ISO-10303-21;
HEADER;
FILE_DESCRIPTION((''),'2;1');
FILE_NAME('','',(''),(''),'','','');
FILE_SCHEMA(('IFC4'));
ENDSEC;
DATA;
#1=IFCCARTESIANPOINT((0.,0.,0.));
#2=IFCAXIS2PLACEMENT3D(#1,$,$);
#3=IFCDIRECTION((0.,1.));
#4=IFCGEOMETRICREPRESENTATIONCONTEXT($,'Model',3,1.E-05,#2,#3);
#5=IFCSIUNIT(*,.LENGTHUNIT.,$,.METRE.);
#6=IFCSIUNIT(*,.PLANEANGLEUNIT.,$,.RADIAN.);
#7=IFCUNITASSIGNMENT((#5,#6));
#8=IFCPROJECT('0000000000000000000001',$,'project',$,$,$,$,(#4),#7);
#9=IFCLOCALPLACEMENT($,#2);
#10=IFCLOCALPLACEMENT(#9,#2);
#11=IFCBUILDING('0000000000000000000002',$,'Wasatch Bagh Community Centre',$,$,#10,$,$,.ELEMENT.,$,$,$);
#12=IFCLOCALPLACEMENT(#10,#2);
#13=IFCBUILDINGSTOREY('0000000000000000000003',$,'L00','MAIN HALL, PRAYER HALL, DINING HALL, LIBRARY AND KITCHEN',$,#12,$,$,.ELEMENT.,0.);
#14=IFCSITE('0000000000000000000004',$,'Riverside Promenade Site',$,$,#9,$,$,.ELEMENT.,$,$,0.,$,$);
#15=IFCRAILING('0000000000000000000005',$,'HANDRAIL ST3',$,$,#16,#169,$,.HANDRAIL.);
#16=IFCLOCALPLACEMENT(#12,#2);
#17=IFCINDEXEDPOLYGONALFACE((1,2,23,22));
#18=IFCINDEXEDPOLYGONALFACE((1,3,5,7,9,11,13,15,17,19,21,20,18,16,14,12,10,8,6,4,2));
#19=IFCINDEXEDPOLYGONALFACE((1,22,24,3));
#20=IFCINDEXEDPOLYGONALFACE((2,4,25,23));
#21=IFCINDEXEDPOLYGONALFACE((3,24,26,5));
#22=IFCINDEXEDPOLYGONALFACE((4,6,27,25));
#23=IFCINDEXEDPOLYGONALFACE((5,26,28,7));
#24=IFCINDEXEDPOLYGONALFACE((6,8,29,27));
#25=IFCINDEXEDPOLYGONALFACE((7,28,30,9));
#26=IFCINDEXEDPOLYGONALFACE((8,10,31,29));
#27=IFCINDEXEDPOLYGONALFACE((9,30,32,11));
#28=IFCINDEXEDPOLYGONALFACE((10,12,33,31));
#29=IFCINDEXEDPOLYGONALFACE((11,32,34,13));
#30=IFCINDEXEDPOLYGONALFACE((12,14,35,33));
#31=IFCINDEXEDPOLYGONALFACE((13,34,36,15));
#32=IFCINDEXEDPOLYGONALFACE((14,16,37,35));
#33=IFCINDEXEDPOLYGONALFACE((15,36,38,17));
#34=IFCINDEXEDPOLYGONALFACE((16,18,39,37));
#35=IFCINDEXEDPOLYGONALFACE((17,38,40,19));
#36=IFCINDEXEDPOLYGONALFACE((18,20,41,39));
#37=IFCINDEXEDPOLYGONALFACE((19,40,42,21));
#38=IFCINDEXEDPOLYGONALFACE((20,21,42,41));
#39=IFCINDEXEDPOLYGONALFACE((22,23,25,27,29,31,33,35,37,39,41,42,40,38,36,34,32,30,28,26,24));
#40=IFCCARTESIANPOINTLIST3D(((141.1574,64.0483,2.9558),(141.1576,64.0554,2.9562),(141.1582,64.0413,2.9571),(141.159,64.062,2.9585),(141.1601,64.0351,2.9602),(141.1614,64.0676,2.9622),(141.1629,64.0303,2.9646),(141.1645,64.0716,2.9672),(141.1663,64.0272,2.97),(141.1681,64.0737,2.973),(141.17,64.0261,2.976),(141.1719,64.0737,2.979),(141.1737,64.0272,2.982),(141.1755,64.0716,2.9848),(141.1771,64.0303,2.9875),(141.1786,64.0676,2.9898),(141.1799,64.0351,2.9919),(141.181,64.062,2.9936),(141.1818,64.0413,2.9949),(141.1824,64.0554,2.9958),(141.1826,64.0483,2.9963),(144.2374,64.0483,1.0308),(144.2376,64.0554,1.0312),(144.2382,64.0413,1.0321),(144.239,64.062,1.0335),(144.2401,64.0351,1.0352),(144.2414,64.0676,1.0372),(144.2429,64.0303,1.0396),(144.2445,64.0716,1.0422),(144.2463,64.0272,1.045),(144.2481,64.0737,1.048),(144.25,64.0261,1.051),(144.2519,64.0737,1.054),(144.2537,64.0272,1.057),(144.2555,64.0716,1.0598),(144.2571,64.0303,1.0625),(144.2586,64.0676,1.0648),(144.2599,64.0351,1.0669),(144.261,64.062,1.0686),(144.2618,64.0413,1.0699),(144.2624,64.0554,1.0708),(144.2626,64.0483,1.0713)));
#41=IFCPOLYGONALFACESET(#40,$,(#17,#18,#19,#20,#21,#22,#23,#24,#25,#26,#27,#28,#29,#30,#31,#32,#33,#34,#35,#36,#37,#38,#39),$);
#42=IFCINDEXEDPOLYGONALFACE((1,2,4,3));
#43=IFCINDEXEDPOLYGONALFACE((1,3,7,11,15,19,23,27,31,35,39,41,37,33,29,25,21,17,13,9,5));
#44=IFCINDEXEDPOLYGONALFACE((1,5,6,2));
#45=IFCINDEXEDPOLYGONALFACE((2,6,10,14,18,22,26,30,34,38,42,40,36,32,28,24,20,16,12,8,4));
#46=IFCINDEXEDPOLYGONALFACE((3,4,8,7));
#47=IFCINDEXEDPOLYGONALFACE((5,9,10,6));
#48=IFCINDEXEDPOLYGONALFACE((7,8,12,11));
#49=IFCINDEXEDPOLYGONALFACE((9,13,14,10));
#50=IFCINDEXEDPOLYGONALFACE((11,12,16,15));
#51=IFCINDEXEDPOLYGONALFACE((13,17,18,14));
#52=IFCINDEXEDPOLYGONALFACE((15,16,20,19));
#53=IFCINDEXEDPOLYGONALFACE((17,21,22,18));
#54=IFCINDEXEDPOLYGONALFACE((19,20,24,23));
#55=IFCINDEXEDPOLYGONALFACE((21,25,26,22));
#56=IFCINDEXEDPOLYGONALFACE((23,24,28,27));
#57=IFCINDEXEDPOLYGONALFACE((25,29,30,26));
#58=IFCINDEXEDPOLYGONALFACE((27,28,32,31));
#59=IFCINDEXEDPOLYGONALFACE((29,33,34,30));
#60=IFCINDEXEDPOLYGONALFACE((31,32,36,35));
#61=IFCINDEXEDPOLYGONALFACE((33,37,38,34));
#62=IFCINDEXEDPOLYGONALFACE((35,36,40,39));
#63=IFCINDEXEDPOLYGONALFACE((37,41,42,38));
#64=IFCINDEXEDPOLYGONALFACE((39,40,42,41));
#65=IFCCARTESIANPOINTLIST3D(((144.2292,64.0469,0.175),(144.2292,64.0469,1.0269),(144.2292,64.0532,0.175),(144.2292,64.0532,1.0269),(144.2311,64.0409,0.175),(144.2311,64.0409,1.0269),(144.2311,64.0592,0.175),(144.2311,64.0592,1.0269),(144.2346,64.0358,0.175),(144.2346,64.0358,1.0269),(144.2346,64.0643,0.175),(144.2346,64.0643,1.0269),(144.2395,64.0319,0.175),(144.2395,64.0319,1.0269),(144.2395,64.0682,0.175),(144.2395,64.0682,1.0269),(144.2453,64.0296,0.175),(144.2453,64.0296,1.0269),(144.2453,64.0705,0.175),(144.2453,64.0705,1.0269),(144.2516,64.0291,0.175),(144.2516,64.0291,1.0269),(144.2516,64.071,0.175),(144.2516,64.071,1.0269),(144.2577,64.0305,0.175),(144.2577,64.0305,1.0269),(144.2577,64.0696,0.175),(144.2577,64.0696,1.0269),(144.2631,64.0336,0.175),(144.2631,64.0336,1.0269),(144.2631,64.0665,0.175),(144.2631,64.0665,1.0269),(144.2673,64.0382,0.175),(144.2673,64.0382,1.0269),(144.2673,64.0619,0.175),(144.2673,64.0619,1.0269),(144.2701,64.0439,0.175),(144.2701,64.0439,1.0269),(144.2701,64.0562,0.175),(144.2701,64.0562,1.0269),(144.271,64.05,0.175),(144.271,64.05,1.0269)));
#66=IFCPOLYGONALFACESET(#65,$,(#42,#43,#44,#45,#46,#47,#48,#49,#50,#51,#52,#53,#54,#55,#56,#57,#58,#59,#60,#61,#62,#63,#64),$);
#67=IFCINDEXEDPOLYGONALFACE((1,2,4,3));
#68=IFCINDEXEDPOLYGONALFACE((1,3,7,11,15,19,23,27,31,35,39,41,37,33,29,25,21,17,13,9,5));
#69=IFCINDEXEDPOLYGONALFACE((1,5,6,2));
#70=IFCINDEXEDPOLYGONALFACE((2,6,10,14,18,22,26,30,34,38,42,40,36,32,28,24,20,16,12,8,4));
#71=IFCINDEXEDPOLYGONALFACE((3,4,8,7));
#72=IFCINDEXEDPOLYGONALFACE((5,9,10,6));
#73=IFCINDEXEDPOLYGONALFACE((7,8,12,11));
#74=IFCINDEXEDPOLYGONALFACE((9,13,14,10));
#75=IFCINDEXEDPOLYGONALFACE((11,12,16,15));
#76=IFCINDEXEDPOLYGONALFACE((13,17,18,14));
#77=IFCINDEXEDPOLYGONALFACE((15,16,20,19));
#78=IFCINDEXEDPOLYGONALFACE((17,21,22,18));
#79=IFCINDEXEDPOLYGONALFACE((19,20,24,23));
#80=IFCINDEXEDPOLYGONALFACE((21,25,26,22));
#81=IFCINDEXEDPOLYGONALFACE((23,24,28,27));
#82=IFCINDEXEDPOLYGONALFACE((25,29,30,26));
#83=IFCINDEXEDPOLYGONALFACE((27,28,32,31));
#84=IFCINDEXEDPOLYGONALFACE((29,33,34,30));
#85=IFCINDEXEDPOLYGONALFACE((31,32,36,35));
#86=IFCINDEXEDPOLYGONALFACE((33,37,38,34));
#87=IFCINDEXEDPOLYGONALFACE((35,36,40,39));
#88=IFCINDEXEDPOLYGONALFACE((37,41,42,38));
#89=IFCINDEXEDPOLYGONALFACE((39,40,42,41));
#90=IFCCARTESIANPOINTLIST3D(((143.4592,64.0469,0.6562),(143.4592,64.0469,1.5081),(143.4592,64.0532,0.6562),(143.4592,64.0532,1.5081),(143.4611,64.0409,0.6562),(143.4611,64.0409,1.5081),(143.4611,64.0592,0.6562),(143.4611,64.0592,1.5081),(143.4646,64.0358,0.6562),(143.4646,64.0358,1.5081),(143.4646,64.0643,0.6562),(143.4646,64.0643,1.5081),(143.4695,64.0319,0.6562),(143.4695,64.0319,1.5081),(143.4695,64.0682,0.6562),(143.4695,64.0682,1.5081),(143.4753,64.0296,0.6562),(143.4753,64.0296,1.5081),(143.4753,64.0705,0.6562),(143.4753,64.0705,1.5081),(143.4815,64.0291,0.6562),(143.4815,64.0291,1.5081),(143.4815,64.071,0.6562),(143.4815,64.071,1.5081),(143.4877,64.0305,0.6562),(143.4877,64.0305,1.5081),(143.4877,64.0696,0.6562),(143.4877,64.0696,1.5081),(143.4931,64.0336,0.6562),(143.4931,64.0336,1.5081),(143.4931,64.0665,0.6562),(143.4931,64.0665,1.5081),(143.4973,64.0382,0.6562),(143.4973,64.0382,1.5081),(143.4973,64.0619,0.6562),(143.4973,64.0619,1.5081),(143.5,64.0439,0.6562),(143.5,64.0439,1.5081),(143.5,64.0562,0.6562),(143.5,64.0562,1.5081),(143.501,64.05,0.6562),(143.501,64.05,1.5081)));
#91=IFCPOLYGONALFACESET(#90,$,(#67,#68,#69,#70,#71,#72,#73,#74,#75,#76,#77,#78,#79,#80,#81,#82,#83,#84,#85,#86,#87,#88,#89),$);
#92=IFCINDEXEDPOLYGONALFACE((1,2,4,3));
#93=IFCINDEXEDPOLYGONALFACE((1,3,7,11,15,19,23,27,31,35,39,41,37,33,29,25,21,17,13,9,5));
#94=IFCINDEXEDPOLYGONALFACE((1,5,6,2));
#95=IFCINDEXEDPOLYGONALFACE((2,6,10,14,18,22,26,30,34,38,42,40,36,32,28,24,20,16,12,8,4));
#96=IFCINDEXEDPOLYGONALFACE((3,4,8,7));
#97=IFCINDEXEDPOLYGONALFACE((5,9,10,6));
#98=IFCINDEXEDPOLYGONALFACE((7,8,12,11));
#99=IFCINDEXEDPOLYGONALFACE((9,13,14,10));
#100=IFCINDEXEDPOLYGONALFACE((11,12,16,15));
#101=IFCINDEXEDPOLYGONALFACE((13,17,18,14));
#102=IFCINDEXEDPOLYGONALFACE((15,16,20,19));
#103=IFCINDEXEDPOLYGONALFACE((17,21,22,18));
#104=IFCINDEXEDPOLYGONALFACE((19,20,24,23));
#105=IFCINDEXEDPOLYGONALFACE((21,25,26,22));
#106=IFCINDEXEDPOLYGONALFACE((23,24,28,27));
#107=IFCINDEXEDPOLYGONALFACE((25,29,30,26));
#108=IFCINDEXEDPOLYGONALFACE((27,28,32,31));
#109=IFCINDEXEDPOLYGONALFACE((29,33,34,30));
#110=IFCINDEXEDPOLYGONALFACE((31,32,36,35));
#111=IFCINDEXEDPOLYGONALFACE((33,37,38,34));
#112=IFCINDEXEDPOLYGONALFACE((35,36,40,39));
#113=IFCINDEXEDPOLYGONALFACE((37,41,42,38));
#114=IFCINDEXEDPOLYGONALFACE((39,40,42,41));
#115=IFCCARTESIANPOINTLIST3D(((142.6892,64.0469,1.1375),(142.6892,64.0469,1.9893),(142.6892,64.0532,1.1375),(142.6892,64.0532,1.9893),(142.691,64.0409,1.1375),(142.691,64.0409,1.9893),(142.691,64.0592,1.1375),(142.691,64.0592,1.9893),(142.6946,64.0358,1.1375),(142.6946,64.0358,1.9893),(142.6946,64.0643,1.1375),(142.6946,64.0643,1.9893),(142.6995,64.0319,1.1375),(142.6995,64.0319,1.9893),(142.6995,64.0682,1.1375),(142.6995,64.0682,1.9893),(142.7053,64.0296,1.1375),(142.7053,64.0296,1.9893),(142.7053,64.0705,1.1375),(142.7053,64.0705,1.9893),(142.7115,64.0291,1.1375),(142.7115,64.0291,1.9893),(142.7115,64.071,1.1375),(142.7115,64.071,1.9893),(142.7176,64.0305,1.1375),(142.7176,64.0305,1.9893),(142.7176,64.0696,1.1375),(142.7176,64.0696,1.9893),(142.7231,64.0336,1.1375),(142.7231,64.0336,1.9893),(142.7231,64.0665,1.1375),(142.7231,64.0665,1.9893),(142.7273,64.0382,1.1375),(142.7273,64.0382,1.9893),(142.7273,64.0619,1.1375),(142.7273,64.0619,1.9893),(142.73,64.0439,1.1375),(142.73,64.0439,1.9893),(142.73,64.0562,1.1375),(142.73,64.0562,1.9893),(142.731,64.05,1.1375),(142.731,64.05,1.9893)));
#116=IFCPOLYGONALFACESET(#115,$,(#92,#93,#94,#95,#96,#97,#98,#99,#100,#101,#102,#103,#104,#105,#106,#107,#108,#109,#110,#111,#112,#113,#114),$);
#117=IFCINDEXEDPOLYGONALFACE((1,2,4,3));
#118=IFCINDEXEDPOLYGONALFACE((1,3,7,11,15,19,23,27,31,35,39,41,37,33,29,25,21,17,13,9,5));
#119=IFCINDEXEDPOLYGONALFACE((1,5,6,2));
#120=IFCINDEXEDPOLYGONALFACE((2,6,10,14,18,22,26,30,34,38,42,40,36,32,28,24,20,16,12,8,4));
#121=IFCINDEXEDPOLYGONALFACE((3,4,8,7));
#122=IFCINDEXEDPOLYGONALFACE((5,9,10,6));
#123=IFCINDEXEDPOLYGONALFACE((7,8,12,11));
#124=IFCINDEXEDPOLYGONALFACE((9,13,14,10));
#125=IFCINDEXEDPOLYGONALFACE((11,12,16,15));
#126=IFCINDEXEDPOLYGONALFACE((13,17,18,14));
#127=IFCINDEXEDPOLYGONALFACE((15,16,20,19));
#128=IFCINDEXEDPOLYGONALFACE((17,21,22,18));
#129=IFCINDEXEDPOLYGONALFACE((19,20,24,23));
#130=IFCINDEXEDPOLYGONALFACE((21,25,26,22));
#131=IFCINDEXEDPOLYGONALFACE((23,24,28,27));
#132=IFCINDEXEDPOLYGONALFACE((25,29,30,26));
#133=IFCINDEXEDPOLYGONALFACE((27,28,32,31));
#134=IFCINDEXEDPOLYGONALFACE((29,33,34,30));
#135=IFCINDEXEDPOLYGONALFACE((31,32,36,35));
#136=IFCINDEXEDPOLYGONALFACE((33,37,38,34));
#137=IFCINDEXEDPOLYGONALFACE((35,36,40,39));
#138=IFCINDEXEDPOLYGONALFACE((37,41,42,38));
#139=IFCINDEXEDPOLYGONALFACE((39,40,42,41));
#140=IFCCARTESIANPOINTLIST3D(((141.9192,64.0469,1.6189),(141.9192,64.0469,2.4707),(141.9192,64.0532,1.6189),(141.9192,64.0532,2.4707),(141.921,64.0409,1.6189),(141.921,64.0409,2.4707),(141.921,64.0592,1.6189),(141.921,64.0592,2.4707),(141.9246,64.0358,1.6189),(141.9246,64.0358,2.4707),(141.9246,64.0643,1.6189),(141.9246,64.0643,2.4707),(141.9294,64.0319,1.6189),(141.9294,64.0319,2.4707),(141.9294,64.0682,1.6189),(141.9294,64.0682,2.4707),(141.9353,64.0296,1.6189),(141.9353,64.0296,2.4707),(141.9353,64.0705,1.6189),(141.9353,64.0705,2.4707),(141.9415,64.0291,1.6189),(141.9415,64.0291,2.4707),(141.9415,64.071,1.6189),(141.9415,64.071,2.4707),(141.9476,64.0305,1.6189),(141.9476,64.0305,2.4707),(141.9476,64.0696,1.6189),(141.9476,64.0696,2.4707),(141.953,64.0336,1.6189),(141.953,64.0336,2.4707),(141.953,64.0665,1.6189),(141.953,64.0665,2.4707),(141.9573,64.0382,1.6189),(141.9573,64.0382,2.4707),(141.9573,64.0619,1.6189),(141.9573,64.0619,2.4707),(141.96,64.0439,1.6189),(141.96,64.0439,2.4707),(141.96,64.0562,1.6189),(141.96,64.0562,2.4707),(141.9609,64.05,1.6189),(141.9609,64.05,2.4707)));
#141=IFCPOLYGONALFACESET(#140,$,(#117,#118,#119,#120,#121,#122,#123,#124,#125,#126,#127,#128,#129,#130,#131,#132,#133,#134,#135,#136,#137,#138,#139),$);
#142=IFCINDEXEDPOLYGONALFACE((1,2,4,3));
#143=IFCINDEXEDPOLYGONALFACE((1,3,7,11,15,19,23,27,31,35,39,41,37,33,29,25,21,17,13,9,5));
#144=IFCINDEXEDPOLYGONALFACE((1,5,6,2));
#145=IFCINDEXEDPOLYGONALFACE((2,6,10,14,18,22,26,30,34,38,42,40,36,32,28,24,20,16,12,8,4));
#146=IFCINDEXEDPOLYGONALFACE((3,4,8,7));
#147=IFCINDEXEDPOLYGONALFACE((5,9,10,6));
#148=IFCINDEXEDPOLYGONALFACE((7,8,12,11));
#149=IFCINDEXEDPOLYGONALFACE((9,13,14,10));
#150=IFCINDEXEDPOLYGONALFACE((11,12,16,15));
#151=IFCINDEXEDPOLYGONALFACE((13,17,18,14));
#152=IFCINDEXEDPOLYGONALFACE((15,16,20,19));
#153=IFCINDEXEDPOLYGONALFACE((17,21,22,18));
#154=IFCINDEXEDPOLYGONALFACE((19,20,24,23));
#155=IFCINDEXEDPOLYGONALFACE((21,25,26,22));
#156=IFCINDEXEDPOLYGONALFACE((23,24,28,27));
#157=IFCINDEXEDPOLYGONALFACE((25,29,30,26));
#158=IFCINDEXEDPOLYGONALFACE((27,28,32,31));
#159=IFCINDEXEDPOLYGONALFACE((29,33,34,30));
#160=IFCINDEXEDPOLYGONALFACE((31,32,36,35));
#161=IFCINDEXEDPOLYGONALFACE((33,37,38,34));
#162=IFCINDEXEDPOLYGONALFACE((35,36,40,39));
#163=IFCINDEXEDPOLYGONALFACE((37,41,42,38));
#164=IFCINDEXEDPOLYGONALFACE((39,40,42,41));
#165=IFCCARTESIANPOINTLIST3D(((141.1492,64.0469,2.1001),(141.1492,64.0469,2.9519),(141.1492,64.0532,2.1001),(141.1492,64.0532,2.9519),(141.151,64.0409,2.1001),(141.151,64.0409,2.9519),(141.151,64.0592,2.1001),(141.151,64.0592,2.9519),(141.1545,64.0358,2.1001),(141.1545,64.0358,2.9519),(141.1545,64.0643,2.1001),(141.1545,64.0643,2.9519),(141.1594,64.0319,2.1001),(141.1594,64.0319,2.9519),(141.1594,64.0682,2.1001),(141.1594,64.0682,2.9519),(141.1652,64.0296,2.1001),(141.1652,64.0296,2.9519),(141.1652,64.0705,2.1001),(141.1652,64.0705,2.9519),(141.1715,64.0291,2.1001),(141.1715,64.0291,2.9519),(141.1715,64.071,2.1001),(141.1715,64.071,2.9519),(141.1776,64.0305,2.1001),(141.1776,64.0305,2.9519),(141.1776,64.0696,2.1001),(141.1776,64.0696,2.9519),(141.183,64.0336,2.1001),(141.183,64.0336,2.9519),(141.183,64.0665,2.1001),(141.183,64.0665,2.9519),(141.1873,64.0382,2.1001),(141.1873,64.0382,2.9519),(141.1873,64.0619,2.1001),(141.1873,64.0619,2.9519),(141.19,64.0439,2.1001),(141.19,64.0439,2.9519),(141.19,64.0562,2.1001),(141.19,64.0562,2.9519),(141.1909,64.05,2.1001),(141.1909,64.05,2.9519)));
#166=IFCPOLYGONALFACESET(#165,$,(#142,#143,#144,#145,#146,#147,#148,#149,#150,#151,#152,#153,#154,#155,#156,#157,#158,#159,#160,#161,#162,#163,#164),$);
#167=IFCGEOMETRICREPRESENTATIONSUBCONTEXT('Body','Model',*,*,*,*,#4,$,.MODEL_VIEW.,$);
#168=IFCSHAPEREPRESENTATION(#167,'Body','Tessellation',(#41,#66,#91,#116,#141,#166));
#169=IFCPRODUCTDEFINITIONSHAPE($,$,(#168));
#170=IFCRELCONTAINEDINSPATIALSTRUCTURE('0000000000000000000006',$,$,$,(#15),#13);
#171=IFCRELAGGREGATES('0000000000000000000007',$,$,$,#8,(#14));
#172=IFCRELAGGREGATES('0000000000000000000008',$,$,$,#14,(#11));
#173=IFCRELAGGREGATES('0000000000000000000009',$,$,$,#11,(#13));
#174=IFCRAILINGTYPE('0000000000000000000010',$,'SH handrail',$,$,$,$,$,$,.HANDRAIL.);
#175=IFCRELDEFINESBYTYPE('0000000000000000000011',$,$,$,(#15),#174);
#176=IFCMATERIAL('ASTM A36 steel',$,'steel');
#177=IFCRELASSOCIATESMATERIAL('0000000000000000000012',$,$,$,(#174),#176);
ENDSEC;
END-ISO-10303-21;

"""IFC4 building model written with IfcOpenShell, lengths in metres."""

from ifc_helpers import new_model, si_unit, direction, frame, origin, origin_2d, place, context, subcontext, project, spatial, circle, extrude, material, type_object, element, save


model = new_model("IFC4")

# Units and contexts
model_context = context("Model", 3, precision=1e-05, world=origin(), true_north=direction((0.0, 1.0)))
body_context = subcontext(model_context, "Body", "Model", "MODEL_VIEW")
ifc_project = project(units=[si_unit("LENGTHUNIT", "METRE"), si_unit("PLANEANGLEUNIT", "RADIAN")], contexts=[model_context])

# Site, building, storey
site_placement = place(None, origin())
site = spatial("IfcSite", under=ifc_project, at=site_placement, Name="Riverside Promenade Site", CompositionType="ELEMENT", RefElevation=0.0)
building_placement = place(site_placement, origin())
building = spatial("IfcBuilding", under=site, at=building_placement, Name="Wasatch Bagh Community Centre", CompositionType="ELEMENT")
storey_placement = place(building_placement, origin())
storey = spatial("IfcBuildingStorey", under=building, at=storey_placement, Name="L00", Description="MAIN HALL, PRAYER HALL, DINING HALL, LIBRARY AND KITCHEN", CompositionType="ELEMENT", Elevation=0.0)

# Railing
ifc_material_1 = material(Name="ASTM A36 steel", Category="steel")
railing_type_1 = type_object("IfcRailingType", Name="SH handrail", PredefinedType="HANDRAIL", material=ifc_material_1)
for number, where, name in (
    (1, (144.25, 64.05, 0.175), "HANDRAIL ST3"),
):
    element("IfcRailing", number, at=place(storey_placement, frame(where)), inside=storey, type_object=railing_type_1, Name=name, PredefinedType="HANDRAIL", context=body_context, shape_type="SweptSolid", body=[
        extrude(circle(Radius=0.0239, at=origin_2d()), frame((0.0, 0.0, 0.876), z_axis=(-0.847998, 0.0, 0.529999), x_axis=(0.0, -1.0, 0.0)), (0.0, 0.0, 1.0), 3.6321),
        extrude(circle(Radius=0.021, at=origin_2d()), origin(), (0.0, 0.0, 1.0), 0.8518),
        extrude(circle(Radius=0.021, at=origin_2d()), frame((-0.77, 0.0, 0.4812)), (0.0, 0.0, 1.0), 0.8518),
        extrude(circle(Radius=0.021, at=origin_2d()), frame((-1.54, 0.0, 0.9624)), (0.0, 0.0, 1.0), 0.8518),
        extrude(circle(Radius=0.021, at=origin_2d()), frame((-2.3101, 0.0, 1.4438)), (0.0, 0.0, 1.0), 0.8518),
        extrude(circle(Radius=0.021, at=origin_2d()), frame((-3.0801, 0.0, 1.925)), (0.0, 0.0, 1.0), 0.8518),
    ])

save(model, "model.ifc")
